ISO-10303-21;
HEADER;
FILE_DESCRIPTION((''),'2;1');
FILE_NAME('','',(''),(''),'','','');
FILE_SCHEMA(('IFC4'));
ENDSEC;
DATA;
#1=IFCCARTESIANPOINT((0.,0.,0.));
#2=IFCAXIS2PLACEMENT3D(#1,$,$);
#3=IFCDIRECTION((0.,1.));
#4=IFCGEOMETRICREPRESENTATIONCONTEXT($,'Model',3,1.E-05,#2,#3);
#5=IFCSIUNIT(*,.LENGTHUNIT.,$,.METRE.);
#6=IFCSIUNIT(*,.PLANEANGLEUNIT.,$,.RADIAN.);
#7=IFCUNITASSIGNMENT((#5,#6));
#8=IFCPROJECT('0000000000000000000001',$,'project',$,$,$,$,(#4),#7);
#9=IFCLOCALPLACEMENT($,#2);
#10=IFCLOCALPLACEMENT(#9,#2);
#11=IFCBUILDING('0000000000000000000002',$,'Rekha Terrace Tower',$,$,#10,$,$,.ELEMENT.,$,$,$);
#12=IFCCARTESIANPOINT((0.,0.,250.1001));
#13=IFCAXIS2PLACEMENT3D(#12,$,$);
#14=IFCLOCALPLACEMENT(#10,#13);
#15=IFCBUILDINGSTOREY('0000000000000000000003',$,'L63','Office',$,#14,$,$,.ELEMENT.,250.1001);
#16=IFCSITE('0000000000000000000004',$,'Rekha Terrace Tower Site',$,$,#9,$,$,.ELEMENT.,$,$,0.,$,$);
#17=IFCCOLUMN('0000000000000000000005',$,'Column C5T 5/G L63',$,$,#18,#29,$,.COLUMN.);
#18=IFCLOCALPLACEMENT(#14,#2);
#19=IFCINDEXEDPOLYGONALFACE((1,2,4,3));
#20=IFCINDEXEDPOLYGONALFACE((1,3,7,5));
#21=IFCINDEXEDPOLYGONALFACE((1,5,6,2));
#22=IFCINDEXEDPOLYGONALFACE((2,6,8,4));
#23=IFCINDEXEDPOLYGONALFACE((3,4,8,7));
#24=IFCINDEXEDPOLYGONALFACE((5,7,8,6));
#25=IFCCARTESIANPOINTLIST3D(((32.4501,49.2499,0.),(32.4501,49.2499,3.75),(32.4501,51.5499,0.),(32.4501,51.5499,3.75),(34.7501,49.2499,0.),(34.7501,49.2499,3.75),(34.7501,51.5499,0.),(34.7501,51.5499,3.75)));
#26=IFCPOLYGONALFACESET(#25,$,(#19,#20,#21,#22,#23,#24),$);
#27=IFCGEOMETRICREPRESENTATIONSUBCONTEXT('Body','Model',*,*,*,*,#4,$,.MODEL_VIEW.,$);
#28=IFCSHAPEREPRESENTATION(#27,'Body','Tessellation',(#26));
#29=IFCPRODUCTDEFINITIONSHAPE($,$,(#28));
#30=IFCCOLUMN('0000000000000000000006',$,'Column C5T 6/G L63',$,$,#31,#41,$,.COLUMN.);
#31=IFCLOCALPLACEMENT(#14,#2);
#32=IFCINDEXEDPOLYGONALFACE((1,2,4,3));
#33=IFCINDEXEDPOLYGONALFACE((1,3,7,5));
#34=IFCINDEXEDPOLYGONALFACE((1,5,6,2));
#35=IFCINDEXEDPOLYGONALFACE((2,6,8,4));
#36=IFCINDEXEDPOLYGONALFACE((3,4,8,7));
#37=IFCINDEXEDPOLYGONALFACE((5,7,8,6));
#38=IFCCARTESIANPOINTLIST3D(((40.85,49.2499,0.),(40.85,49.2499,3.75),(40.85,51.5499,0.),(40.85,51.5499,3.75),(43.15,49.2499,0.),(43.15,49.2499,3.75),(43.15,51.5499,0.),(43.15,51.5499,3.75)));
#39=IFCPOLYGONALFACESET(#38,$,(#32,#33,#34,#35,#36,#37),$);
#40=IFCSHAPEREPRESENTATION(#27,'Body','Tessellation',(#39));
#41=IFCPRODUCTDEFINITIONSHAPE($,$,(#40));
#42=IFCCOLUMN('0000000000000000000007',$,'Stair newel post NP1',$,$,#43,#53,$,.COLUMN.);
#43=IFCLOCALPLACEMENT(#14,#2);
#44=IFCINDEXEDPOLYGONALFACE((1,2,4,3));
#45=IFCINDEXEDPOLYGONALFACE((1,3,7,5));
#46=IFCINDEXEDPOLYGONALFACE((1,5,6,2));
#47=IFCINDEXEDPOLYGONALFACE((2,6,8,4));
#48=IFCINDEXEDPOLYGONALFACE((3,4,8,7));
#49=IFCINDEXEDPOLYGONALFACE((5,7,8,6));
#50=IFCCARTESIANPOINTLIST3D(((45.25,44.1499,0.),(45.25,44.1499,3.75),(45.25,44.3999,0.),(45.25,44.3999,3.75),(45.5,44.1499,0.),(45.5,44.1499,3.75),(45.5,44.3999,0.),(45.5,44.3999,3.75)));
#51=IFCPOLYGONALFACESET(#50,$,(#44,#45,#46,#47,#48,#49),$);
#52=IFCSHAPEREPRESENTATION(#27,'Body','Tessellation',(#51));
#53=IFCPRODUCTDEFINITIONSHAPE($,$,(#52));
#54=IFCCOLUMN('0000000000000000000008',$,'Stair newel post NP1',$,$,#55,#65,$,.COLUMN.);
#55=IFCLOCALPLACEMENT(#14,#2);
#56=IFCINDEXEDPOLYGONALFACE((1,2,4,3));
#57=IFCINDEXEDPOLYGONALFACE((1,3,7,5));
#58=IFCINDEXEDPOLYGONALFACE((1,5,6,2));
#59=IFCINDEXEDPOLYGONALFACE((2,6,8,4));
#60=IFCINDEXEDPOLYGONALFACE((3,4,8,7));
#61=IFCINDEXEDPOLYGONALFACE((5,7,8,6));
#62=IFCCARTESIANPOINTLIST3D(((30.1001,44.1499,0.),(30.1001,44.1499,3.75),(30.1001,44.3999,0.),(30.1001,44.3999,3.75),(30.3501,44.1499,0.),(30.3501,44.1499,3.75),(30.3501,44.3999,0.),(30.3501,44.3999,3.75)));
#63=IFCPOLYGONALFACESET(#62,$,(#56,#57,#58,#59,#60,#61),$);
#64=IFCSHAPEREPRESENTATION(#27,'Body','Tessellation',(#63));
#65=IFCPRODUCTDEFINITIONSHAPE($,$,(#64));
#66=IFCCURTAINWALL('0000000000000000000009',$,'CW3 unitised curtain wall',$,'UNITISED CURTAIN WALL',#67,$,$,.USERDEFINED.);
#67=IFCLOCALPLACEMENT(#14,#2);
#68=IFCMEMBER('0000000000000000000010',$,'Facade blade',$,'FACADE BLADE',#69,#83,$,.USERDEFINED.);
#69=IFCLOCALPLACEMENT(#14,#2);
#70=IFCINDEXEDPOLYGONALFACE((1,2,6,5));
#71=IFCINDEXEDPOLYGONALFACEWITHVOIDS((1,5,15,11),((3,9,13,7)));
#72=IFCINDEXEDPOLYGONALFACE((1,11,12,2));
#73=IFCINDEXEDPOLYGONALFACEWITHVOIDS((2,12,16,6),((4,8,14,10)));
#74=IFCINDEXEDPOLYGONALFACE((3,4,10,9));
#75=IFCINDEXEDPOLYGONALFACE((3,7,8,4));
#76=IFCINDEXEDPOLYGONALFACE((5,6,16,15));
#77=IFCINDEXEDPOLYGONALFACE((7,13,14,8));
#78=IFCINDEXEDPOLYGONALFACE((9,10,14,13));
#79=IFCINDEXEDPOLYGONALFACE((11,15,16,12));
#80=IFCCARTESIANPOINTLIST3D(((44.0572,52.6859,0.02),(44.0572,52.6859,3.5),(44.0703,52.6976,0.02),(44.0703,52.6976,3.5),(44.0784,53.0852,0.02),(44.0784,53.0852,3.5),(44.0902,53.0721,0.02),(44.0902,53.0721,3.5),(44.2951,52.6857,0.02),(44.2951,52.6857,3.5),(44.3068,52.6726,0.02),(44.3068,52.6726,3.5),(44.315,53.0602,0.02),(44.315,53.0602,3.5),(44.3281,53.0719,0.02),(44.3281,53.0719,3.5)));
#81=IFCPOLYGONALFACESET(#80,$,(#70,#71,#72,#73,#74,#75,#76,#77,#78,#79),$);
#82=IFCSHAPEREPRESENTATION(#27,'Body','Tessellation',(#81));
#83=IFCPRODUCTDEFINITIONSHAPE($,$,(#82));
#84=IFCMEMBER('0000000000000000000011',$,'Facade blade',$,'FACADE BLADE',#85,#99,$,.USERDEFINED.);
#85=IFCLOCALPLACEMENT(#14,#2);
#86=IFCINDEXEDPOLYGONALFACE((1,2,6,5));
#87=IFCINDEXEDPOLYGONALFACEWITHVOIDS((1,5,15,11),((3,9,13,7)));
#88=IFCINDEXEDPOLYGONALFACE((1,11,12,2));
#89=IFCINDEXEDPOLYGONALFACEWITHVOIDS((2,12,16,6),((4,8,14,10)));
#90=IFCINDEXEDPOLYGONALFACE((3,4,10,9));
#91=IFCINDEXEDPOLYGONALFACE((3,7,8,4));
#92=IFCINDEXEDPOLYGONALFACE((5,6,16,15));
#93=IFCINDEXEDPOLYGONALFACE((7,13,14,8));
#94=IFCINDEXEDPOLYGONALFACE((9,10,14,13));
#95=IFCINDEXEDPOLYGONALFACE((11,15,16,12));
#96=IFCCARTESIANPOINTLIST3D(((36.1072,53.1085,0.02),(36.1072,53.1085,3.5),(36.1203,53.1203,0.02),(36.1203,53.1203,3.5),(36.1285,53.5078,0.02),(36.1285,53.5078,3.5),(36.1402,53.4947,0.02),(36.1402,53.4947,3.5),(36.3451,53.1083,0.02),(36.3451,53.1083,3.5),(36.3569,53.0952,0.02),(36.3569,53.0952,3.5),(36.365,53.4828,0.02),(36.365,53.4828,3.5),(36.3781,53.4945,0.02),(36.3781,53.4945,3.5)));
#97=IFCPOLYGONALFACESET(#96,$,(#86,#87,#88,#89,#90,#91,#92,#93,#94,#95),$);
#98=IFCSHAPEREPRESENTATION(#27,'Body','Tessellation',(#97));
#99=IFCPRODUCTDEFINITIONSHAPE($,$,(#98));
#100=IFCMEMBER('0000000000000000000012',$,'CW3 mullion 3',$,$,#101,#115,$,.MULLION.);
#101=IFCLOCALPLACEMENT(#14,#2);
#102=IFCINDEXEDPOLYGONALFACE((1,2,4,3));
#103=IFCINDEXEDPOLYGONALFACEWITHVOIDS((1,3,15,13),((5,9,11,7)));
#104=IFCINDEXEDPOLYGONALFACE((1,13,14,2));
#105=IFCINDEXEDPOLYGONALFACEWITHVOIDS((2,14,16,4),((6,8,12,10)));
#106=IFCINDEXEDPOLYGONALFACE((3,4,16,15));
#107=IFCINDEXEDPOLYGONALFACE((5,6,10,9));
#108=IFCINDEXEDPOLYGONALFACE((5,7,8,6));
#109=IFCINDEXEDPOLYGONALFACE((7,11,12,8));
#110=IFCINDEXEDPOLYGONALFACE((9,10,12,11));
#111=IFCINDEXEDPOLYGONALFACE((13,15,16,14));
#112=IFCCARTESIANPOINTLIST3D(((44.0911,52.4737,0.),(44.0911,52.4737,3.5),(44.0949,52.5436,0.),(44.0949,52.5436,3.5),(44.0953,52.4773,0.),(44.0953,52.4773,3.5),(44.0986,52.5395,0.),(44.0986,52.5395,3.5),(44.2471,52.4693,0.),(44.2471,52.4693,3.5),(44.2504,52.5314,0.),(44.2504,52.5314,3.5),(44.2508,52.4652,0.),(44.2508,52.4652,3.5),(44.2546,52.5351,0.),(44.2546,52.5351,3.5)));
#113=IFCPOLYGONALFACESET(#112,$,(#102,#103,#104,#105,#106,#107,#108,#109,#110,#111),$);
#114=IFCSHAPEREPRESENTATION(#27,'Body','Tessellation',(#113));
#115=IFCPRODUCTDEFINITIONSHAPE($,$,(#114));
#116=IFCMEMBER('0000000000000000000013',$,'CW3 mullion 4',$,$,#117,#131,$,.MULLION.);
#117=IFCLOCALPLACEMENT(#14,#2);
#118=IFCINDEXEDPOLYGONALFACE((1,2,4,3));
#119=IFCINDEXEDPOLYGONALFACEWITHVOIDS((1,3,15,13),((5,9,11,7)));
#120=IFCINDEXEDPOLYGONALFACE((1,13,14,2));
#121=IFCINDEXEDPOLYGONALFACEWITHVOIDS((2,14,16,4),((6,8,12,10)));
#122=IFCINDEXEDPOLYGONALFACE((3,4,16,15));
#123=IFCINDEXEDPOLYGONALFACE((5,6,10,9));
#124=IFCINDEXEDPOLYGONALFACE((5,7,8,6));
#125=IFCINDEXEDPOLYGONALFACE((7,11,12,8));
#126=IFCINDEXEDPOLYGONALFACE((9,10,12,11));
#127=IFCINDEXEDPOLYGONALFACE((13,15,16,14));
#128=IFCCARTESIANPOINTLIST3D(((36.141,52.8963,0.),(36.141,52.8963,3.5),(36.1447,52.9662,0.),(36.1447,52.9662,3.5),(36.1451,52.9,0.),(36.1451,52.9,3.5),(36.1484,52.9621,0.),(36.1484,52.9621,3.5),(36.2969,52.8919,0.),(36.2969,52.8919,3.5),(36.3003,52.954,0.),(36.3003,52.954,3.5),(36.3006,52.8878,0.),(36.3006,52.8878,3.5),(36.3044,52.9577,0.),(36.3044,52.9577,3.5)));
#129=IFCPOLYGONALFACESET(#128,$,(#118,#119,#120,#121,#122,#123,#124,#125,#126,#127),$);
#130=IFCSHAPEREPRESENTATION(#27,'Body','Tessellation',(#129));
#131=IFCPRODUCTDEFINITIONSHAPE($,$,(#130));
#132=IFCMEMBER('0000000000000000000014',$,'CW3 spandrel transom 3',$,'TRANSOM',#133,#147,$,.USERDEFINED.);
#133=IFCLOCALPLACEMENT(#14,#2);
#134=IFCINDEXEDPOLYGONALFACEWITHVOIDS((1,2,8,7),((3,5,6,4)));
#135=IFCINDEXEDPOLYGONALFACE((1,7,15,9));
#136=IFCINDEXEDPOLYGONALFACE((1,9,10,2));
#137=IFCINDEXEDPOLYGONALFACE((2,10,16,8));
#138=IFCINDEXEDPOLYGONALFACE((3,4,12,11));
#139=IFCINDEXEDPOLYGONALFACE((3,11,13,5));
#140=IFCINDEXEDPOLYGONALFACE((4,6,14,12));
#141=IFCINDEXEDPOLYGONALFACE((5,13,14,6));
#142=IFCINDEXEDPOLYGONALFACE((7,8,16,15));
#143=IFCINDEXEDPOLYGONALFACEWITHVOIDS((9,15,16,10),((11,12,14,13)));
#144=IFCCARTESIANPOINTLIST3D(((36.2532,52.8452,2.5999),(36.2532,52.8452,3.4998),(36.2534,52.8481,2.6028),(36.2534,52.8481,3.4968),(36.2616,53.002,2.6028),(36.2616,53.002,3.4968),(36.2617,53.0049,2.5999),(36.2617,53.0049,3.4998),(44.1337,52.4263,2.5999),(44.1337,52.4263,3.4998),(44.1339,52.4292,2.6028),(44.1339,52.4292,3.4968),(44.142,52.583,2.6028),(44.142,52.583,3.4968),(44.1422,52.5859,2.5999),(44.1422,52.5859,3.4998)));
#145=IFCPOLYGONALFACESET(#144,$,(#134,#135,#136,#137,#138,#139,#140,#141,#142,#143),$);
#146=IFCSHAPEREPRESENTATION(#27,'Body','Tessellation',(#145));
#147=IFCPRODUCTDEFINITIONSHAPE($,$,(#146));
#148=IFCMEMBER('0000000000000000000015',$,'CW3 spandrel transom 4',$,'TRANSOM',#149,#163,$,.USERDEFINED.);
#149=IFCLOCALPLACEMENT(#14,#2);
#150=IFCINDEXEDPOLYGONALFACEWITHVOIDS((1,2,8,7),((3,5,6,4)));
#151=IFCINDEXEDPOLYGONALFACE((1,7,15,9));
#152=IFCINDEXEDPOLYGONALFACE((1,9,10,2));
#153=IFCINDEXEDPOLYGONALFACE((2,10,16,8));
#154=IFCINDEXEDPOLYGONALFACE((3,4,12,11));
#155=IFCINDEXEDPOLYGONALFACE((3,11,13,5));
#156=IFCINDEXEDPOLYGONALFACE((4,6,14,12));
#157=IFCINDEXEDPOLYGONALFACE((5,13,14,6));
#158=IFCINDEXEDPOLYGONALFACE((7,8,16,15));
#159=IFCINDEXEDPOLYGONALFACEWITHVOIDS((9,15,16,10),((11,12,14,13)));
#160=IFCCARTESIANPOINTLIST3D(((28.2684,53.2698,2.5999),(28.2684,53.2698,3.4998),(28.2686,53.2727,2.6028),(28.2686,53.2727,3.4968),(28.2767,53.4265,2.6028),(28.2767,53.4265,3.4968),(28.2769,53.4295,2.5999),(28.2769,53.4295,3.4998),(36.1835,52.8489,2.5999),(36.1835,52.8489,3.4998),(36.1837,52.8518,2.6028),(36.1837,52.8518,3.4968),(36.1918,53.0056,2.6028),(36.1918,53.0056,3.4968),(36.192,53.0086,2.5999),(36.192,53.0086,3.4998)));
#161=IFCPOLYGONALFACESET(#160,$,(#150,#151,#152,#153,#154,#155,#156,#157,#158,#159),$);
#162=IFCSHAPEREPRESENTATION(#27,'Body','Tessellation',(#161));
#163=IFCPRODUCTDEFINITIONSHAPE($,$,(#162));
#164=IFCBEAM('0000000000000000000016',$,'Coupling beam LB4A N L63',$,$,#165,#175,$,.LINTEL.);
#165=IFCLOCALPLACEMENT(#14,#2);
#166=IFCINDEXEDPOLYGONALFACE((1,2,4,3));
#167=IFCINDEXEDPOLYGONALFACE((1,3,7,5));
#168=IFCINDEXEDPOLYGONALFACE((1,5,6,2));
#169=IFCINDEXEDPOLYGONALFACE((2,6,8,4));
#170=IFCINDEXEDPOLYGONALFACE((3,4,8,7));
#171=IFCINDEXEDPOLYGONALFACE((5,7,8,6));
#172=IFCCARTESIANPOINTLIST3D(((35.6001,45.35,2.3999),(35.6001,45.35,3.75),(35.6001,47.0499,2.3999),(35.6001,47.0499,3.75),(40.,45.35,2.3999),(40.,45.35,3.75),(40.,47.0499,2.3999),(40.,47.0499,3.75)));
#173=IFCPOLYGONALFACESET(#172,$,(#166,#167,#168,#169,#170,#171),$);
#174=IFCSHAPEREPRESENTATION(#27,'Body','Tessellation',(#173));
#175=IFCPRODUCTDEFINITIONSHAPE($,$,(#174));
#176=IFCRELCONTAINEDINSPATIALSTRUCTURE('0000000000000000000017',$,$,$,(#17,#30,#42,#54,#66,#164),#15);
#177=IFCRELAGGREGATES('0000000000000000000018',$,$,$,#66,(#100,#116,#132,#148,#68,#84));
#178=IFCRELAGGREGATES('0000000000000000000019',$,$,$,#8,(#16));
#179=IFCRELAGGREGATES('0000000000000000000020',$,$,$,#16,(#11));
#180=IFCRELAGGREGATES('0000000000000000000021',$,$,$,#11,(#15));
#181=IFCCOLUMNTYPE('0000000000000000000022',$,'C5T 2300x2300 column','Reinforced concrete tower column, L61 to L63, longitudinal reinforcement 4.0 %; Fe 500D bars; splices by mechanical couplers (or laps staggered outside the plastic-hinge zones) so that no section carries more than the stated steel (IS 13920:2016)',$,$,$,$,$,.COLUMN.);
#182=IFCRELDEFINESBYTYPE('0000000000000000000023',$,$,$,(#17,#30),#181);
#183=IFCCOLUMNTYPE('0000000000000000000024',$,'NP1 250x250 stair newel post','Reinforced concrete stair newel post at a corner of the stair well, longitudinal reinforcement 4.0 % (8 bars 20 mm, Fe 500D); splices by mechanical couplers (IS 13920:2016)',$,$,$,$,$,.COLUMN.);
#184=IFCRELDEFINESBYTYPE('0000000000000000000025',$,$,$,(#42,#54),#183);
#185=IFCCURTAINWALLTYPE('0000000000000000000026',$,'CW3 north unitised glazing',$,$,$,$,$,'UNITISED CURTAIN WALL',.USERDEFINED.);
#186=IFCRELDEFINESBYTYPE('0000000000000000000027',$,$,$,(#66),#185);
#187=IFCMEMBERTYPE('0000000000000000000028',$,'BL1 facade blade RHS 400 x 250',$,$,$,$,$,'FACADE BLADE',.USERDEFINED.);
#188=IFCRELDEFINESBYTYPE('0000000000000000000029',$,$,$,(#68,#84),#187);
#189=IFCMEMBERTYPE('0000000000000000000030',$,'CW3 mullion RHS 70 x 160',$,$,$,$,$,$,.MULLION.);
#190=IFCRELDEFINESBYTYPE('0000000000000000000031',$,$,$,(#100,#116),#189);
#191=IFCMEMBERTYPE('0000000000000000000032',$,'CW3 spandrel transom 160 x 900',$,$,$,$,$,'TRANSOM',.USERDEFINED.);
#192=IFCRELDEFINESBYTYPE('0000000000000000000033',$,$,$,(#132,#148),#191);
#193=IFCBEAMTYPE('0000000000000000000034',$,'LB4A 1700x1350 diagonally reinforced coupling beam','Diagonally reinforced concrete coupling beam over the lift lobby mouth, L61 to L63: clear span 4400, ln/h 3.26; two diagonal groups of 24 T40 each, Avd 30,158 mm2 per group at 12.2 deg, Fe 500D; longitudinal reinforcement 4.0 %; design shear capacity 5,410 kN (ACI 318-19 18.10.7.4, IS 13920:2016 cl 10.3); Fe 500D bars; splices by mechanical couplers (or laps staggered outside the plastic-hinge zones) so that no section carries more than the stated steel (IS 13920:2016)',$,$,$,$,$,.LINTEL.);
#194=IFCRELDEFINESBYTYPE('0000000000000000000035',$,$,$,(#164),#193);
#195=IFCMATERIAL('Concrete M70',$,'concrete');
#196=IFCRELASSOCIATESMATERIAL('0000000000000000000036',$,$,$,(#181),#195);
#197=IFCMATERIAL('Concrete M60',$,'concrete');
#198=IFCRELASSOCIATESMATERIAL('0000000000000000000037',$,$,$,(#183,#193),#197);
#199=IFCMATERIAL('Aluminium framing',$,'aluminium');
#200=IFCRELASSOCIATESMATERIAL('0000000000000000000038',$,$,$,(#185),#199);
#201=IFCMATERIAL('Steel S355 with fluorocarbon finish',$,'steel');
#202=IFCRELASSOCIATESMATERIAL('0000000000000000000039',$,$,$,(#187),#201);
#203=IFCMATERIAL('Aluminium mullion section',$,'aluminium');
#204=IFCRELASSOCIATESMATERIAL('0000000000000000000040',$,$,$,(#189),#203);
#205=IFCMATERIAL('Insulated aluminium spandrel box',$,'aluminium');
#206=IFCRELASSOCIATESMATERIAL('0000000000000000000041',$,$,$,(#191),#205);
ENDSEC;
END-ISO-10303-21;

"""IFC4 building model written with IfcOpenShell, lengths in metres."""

from ifc_helpers import new_model, si_unit, direction, frame, origin, origin_2d, place, context, subcontext, project, spatial, rectangle, hollow_rectangle, extrude, material, material_profile, profile_set, type_object, element, aggregate, save


model = new_model("IFC4")

# Units and contexts
model_context = context("Model", 3, precision=1e-05, world=origin(), true_north=direction((0.0, 1.0)))
body_context = subcontext(model_context, "Body", "Model", "MODEL_VIEW")
ifc_project = project(units=[si_unit("LENGTHUNIT", "METRE"), si_unit("PLANEANGLEUNIT", "RADIAN")], contexts=[model_context])

# Site, building, storey
site_placement = place(None, origin())
site = spatial("IfcSite", under=ifc_project, at=site_placement, Name="Rekha Terrace Tower Site", CompositionType="ELEMENT", RefElevation=0.0)
building_placement = place(site_placement, origin())
building = spatial("IfcBuilding", under=site, at=building_placement, Name="Rekha Terrace Tower", CompositionType="ELEMENT")
storey_placement = place(building_placement, frame((0.0, 0.0, 250.1001)))
storey = spatial("IfcBuildingStorey", under=building, at=storey_placement, Name="L63", Description="Office", CompositionType="ELEMENT", Elevation=250.1001)

# Columns
ifc_material_1 = material(Name="Concrete M70", Category="concrete")
ifc_material_profile_1 = material_profile(ifc_material_1, rectangle(XDim=2.3, YDim=2.3, at=origin_2d()), Name="RC 2300x2300")
ifc_profile_set_1 = profile_set([ifc_material_profile_1], Name="Concrete M70")
column_type_1 = type_object("IfcColumnType", Name="C5T 2300x2300 column", Description="Reinforced concrete tower column, L61 to L63, longitudinal reinforcement 4.0 %; Fe 500D bars; splices by mechanical couplers (or laps staggered outside the plastic-hinge zones) so that no section carries more than the stated steel (IS 13920:2016)", PredefinedType="COLUMN", material=ifc_profile_set_1)
for number, where, z_axis, x_axis, name in (
    (1, (33.6001, 50.3999, 0.0), (0.0, 0.0, 1.0), (1.0, 0.0, 0.0), "Column C5T 5/G L63"),
    (2, (42.0, 50.3999, 0.0), (0.0, 0.0, 1.0), (1.0, 0.0, 0.0), "Column C5T 6/G L63"),
):
    element("IfcColumn", number, at=place(storey_placement, frame(where, z_axis=z_axis, x_axis=x_axis)), inside=storey, type_object=column_type_1, Name=name, PredefinedType="COLUMN", context=body_context, shape_type="SweptSolid", body=[
        extrude(rectangle(XDim=2.3, YDim=2.3, at=origin_2d()), origin(), (0.0, 0.0, 1.0), 3.75),
    ])
ifc_material_2 = material(Name="Concrete M60", Category="concrete")
ifc_material_profile_2 = material_profile(ifc_material_2, rectangle(XDim=0.25, YDim=0.25, at=origin_2d()), Name="RC 250x250")
ifc_profile_set_2 = profile_set([ifc_material_profile_2], Name="Concrete M60")
column_type_2 = type_object("IfcColumnType", Name="NP1 250x250 stair newel post", Description="Reinforced concrete stair newel post at a corner of the stair well, longitudinal reinforcement 4.0 % (8 bars 20 mm, Fe 500D); splices by mechanical couplers (IS 13920:2016)", PredefinedType="COLUMN", material=ifc_profile_set_2)
for number, where, z_axis, x_axis, name in (
    (3, (45.375, 44.2749, 0.0), (0.0, 0.0, 1.0), (1.0, 0.0, 0.0), "Stair newel post NP1"),
    (4, (30.2251, 44.2749, 0.0), (0.0, 0.0, 1.0), (1.0, 0.0, 0.0), "Stair newel post NP1"),
):
    element("IfcColumn", number, at=place(storey_placement, frame(where, z_axis=z_axis, x_axis=x_axis)), inside=storey, type_object=column_type_2, Name=name, PredefinedType="COLUMN", context=body_context, shape_type="SweptSolid", body=[
        extrude(rectangle(XDim=0.25, YDim=0.25, at=origin_2d()), origin(), (0.0, 0.0, 1.0), 3.75),
    ])

# Curtain wall, members
ifc_material_3 = material(Name="Aluminium framing", Category="aluminium")
curtain_wall_type = type_object("IfcCurtainWallType", Name="CW3 north unitised glazing", ElementType="UNITISED CURTAIN WALL", PredefinedType="USERDEFINED", material=ifc_material_3)
curtain_wall_placement = place(storey_placement, origin())
curtain_wall = element("IfcCurtainWall", 5, at=curtain_wall_placement, inside=storey, type_object=curtain_wall_type, Name="CW3 unitised curtain wall", ObjectType="UNITISED CURTAIN WALL", PredefinedType="USERDEFINED")
ifc_material_4 = material(Name="Steel S355 with fluorocarbon finish", Category="steel")
ifc_material_profile_3 = material_profile(ifc_material_4, hollow_rectangle(XDim=0.25, YDim=0.3999, WallThickness=0.0125, at=origin_2d()), Name="RHS400x250x12.5")
ifc_profile_set_3 = profile_set([ifc_material_profile_3], Name="Steel S355 with fluorocarbon finish")
member_type_1 = type_object("IfcMemberType", Name="BL1 facade blade RHS 400 x 250", ElementType="FACADE BLADE", PredefinedType="USERDEFINED", material=ifc_profile_set_3)
member_1_placement = place(storey_placement, frame((44.1926, 52.8789, 0.02), z_axis=(0.0, 0.0, 1.0), x_axis=(-0.99859, 0.053084, 0.0)))
member_1 = element("IfcMember", 6, at=member_1_placement, type_object=member_type_1, Name="Facade blade", ObjectType="FACADE BLADE", PredefinedType="USERDEFINED", context=body_context, shape_type="SweptSolid", body=[
    extrude(hollow_rectangle(XDim=0.25, YDim=0.3999, WallThickness=0.0125, at=origin_2d()), origin(), (0.0, 0.0, 1.0), 3.48),
])
member_2_placement = place(storey_placement, frame((36.2427, 53.3015, 0.02), z_axis=(0.0, 0.0, 1.0), x_axis=(-0.99859, 0.053084, 0.0)))
member_2 = element("IfcMember", 7, at=member_2_placement, type_object=member_type_1, Name="Facade blade", ObjectType="FACADE BLADE", PredefinedType="USERDEFINED", context=body_context, shape_type="SweptSolid", body=[
    extrude(hollow_rectangle(XDim=0.25, YDim=0.3999, WallThickness=0.0125, at=origin_2d()), origin(), (0.0, 0.0, 1.0), 3.48),
])
ifc_material_5 = material(Name="Aluminium mullion section", Category="aluminium")
ifc_material_profile_4 = material_profile(ifc_material_5, hollow_rectangle(XDim=0.0701, YDim=0.1599, WallThickness=0.0039, at=origin_2d()), Name="AL RHS 70x160")
ifc_profile_set_4 = profile_set([ifc_material_profile_4], Name="Aluminium mullion section")
member_type_2 = type_object("IfcMemberType", Name="CW3 mullion RHS 70 x 160", PredefinedType="MULLION", material=ifc_profile_set_4)
member_3_placement = place(storey_placement, frame((44.1729, 52.5044, 0.0), z_axis=(0.0, 0.0, 1.0), x_axis=(-0.053083, -0.99859, 0.0)))
member_3 = element("IfcMember", 8, at=member_3_placement, type_object=member_type_2, Name="CW3 mullion 3", PredefinedType="MULLION", context=body_context, shape_type="SweptSolid", body=[
    extrude(hollow_rectangle(XDim=0.0701, YDim=0.1599, WallThickness=0.0039, at=origin_2d()), origin(), (0.0, 0.0, 1.0), 3.5),
])
member_4_placement = place(storey_placement, frame((36.2227, 52.927, 0.0), z_axis=(0.0, 0.0, 1.0), x_axis=(-0.053083, -0.99859, 0.0)))
member_4 = element("IfcMember", 9, at=member_4_placement, type_object=member_type_2, Name="CW3 mullion 4", PredefinedType="MULLION", context=body_context, shape_type="SweptSolid", body=[
    extrude(hollow_rectangle(XDim=0.0701, YDim=0.1599, WallThickness=0.0039, at=origin_2d()), origin(), (0.0, 0.0, 1.0), 3.5),
])
ifc_material_6 = material(Name="Insulated aluminium spandrel box", Category="aluminium")
ifc_material_profile_5 = material_profile(ifc_material_6, hollow_rectangle(XDim=0.1599, YDim=0.8999, WallThickness=0.0029, at=origin_2d()), Name="AL SPANDREL BOX 160x900")
ifc_profile_set_5 = profile_set([ifc_material_profile_5], Name="Insulated aluminium spandrel box")
member_type_3 = type_object("IfcMemberType", Name="CW3 spandrel transom 160 x 900", ElementType="TRANSOM", PredefinedType="USERDEFINED", material=ifc_profile_set_5)
member_5_placement = place(storey_placement, frame((44.1379, 52.5061, 3.0498), z_axis=(-0.99859, 0.053088, 0.0), x_axis=(-0.053088, -0.99859, 0.0)))
member_5 = element("IfcMember", 10, at=member_5_placement, type_object=member_type_3, Name="CW3 spandrel transom 3", ObjectType="TRANSOM", PredefinedType="USERDEFINED", context=body_context, shape_type="SweptSolid", body=[
    extrude(hollow_rectangle(XDim=0.1599, YDim=0.8999, WallThickness=0.0029, at=origin_2d()), origin(), (0.0, 0.0, 1.0), 7.8916),
])
member_6_placement = place(storey_placement, frame((36.1877, 52.9287, 3.0498), z_axis=(-0.998589, 0.053102, 0.0), x_axis=(-0.053102, -0.998589, 0.0)))
member_6 = element("IfcMember", 11, at=member_6_placement, type_object=member_type_3, Name="CW3 spandrel transom 4", ObjectType="TRANSOM", PredefinedType="USERDEFINED", context=body_context, shape_type="SweptSolid", body=[
    extrude(hollow_rectangle(XDim=0.1599, YDim=0.8999, WallThickness=0.0029, at=origin_2d()), origin(), (0.0, 0.0, 1.0), 7.9263),
])

# Beam
ifc_material_profile_6 = material_profile(ifc_material_2, rectangle(XDim=1.7, YDim=1.3501, at=origin_2d()), Name="RC 1700x1350")
ifc_profile_set_6 = profile_set([ifc_material_profile_6], Name="Concrete M60")
beam_type = type_object("IfcBeamType", Name="LB4A 1700x1350 diagonally reinforced coupling beam", Description="Diagonally reinforced concrete coupling beam over the lift lobby mouth, L61 to L63: clear span 4400, ln/h 3.26; two diagonal groups of 24 T40 each, Avd 30,158 mm2 per group at 12.2 deg, Fe 500D; longitudinal reinforcement 4.0 %; design shear capacity 5,410 kN (ACI 318-19 18.10.7.4, IS 13920:2016 cl 10.3); Fe 500D bars; splices by mechanical couplers (or laps staggered outside the plastic-hinge zones) so that no section carries more than the stated steel (IS 13920:2016)", PredefinedType="LINTEL", material=ifc_profile_set_6)
beam_placement = place(storey_placement, frame((35.6001, 46.2, 3.075), z_axis=(1.0, 0.0, 0.0), x_axis=(0.0, 1.0, 0.0)))
element("IfcBeam", 12, at=beam_placement, inside=storey, type_object=beam_type, Name="Coupling beam LB4A N L63", PredefinedType="LINTEL", context=body_context, shape_type="SweptSolid", body=[
    extrude(rectangle(XDim=1.7, YDim=1.3501, at=origin_2d()), origin(), (0.0, 0.0, 1.0), 4.3999),
])

aggregate(curtain_wall, [member_3, member_4, member_5, member_6, member_1, member_2])

save(model, "model.ifc")
